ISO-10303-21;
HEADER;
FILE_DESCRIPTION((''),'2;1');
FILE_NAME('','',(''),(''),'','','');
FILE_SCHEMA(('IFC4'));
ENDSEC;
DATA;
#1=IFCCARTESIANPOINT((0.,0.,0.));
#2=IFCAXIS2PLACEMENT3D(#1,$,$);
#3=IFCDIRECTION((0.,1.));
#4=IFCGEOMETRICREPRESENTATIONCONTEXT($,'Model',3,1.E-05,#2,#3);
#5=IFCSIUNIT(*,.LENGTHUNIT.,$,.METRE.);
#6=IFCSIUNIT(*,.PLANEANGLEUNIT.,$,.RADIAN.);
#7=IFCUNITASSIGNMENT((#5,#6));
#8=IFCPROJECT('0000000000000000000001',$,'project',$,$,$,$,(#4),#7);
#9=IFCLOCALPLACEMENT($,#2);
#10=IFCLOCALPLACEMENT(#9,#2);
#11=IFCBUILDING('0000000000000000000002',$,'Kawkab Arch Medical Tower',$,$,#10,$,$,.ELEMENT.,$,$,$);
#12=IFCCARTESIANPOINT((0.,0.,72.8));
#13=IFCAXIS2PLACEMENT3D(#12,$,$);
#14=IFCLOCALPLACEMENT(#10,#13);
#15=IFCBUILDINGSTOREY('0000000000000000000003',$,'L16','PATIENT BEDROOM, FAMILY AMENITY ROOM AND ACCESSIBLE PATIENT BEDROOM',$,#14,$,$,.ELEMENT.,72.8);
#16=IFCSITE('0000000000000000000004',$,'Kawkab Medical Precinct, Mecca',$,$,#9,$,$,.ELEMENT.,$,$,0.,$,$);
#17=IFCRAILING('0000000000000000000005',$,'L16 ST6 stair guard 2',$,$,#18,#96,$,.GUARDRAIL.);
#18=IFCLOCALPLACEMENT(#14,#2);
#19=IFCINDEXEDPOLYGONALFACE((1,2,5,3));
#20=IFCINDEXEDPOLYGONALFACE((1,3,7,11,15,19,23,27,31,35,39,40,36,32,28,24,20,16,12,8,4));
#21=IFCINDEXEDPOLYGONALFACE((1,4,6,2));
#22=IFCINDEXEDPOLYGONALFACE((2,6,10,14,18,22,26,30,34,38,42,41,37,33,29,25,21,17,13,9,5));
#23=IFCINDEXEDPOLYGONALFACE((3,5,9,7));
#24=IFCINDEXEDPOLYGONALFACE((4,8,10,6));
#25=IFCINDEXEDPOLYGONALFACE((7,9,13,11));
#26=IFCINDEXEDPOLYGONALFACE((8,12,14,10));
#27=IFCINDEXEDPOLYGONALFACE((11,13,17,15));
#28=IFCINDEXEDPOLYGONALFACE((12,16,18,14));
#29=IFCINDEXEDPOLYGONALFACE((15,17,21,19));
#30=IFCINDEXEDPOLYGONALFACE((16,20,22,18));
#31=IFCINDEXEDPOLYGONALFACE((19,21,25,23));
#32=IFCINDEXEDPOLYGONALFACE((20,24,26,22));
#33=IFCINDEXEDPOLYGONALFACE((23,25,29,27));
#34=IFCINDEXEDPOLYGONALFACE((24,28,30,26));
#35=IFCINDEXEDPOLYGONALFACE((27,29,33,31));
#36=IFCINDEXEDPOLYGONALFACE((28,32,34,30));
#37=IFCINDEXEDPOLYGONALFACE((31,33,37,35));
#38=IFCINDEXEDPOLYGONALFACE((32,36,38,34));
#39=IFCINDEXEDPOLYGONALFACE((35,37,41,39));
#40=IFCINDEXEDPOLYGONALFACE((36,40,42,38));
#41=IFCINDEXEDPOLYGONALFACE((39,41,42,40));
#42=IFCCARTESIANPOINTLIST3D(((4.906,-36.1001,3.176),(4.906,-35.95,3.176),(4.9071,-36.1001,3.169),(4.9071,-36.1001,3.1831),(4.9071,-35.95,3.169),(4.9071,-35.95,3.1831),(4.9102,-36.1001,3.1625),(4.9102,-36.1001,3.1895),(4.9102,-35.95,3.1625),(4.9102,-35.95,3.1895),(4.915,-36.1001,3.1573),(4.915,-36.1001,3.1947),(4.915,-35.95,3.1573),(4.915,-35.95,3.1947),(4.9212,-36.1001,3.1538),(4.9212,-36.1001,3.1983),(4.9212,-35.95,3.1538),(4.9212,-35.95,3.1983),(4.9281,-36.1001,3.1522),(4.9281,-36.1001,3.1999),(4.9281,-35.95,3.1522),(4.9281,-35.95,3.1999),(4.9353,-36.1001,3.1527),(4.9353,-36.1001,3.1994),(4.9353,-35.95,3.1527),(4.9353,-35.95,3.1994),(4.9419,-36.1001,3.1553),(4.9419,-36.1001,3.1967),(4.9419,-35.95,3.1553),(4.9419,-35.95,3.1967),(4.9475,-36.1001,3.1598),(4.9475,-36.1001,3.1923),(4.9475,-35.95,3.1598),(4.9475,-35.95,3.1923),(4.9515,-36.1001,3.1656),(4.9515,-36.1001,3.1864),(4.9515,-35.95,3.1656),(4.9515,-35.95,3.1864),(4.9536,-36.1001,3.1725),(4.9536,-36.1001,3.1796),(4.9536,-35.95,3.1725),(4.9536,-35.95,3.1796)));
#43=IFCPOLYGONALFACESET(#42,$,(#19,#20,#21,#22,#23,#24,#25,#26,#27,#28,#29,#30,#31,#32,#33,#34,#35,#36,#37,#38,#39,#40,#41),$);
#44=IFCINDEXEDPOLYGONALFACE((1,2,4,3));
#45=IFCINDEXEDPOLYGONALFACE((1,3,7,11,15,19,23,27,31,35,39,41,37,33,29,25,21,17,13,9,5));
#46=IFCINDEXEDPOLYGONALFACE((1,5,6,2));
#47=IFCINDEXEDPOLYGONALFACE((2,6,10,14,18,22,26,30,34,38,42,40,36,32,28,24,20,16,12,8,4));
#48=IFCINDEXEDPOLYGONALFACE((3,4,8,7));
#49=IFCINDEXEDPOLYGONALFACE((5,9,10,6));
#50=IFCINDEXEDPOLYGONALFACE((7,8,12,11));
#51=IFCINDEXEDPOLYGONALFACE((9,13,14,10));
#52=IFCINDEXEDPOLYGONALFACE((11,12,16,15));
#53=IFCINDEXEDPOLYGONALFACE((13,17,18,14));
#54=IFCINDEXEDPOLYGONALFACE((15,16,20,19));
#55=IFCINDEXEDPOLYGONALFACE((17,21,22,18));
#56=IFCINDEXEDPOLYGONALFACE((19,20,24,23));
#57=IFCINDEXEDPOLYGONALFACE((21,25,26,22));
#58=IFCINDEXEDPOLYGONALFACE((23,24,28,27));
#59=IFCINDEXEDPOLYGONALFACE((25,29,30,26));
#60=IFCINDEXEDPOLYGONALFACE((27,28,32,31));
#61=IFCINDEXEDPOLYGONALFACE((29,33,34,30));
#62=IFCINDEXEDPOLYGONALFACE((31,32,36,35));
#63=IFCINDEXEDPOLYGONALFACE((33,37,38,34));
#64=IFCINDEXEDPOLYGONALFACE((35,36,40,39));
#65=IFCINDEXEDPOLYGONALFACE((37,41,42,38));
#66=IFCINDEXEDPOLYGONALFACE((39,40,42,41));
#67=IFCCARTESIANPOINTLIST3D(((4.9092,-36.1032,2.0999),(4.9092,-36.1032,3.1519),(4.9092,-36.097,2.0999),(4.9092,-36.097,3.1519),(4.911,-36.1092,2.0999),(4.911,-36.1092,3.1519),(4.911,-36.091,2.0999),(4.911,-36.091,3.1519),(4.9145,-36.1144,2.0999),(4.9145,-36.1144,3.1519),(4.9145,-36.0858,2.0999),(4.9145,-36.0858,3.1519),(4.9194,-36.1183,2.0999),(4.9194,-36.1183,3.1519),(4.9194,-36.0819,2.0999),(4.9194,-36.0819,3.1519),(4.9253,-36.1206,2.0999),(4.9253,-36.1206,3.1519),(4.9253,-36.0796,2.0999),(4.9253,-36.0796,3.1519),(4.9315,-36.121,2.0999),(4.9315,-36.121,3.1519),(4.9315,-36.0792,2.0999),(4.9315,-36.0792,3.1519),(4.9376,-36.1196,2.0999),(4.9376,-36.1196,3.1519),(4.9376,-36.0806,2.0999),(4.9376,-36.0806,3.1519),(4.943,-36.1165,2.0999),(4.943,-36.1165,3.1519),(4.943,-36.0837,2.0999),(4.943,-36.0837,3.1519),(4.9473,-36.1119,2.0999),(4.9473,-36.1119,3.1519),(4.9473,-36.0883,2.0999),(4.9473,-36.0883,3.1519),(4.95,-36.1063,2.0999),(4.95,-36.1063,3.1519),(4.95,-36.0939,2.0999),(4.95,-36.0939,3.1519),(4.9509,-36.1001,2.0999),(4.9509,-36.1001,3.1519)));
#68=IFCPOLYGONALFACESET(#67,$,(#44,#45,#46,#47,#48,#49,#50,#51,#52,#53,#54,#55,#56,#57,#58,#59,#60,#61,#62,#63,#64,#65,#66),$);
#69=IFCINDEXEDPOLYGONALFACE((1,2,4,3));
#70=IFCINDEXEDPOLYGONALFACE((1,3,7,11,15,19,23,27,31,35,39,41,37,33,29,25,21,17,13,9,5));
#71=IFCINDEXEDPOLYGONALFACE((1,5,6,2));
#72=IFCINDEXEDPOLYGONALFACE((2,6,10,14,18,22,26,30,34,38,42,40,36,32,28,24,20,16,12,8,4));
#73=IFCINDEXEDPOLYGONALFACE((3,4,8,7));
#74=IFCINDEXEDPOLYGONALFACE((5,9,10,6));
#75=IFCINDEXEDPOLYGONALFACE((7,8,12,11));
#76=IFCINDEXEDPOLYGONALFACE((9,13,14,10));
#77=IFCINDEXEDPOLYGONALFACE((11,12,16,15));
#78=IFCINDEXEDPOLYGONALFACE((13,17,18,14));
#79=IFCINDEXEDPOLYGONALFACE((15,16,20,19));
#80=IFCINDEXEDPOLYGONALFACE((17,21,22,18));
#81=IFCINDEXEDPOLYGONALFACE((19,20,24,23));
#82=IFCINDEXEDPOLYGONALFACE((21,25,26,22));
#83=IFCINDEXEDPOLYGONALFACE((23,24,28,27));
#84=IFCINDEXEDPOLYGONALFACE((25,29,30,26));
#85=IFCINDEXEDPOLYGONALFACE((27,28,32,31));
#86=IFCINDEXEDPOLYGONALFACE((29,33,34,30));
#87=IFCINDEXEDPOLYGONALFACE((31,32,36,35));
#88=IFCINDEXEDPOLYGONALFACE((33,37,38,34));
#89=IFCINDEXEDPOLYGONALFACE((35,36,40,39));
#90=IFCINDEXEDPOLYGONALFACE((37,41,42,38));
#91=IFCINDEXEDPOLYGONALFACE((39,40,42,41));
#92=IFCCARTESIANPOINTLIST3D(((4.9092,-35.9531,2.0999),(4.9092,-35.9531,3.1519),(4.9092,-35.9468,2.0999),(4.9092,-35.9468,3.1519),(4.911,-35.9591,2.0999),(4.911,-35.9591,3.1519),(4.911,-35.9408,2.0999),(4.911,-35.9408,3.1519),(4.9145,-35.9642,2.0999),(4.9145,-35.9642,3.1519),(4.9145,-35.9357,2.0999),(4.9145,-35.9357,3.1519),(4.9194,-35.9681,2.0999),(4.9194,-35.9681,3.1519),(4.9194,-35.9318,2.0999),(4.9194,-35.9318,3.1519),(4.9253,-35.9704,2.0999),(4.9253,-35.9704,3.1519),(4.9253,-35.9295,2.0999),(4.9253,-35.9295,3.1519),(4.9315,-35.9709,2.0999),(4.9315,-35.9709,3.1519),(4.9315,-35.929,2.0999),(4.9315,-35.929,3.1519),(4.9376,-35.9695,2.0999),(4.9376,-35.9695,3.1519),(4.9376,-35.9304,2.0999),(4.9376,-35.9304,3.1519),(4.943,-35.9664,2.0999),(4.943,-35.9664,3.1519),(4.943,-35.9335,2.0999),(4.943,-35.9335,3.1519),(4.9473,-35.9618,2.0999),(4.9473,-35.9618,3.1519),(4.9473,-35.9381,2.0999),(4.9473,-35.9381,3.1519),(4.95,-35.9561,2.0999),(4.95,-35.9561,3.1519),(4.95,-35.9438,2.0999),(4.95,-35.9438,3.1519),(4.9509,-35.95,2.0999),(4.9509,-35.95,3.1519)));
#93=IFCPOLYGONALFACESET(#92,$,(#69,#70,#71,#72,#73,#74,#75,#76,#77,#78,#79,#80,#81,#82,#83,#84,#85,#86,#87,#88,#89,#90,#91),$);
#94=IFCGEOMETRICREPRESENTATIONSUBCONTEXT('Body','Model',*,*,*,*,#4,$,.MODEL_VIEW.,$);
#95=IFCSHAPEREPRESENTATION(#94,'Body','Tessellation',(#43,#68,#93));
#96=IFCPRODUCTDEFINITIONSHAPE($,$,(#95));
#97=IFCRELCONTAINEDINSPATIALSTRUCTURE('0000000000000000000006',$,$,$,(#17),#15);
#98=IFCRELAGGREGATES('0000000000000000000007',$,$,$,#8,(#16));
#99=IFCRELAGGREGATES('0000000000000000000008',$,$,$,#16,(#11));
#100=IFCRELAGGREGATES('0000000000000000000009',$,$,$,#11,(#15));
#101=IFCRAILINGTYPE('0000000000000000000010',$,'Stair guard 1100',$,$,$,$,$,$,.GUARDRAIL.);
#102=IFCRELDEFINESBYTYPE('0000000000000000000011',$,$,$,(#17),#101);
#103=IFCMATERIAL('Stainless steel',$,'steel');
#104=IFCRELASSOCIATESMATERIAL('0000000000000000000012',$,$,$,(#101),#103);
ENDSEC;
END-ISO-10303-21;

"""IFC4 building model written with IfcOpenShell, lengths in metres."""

from ifc_helpers import new_model, si_unit, direction, frame, origin, origin_2d, place, context, subcontext, project, spatial, circle, extrude, material, type_object, element, save


model = new_model("IFC4")

# Units and contexts
model_context = context("Model", 3, precision=1e-05, world=origin(), true_north=direction((0.0, 1.0)))
body_context = subcontext(model_context, "Body", "Model", "MODEL_VIEW")
ifc_project = project(units=[si_unit("LENGTHUNIT", "METRE"), si_unit("PLANEANGLEUNIT", "RADIAN")], contexts=[model_context])

# Site, building, storey
site_placement = place(None, origin())
site = spatial("IfcSite", under=ifc_project, at=site_placement, Name="Kawkab Medical Precinct, Mecca", CompositionType="ELEMENT", RefElevation=0.0)
building_placement = place(site_placement, origin())
building = spatial("IfcBuilding", under=site, at=building_placement, Name="Kawkab Arch Medical Tower", CompositionType="ELEMENT")
storey_placement = place(building_placement, frame((0.0, 0.0, 72.8)))
storey = spatial("IfcBuildingStorey", under=building, at=storey_placement, Name="L16", Description="PATIENT BEDROOM, FAMILY AMENITY ROOM AND ACCESSIBLE PATIENT BEDROOM", CompositionType="ELEMENT", Elevation=72.8)

# Railing
ifc_material_1 = material(Name="Stainless steel", Category="steel")
railing_type = type_object("IfcRailingType", Name="Stair guard 1100", PredefinedType="GUARDRAIL", material=ifc_material_1)
railing_1_placement = place(storey_placement, frame((4.9299, -36.1001, 2.0999)))
element("IfcRailing", 1, at=railing_1_placement, inside=storey, type_object=railing_type, Name="L16 ST6 stair guard 2", PredefinedType="GUARDRAIL", context=body_context, shape_type="SweptSolid", body=[
    extrude(circle(Radius=0.0239, at=origin_2d()), frame((0.0, 0.0, 1.0762), z_axis=(0.0, 1.0, 0.0), x_axis=(-1.0, 0.0, 0.0)), (0.0, 0.0, 1.0), 0.1501),
    extrude(circle(Radius=0.021, at=origin_2d()), origin(), (0.0, 0.0, 1.0), 1.052),
    extrude(circle(Radius=0.021, at=origin_2d()), frame((0.0, 0.1501, 0.0)), (0.0, 0.0, 1.0), 1.052),
])

save(model, "model.ifc")
